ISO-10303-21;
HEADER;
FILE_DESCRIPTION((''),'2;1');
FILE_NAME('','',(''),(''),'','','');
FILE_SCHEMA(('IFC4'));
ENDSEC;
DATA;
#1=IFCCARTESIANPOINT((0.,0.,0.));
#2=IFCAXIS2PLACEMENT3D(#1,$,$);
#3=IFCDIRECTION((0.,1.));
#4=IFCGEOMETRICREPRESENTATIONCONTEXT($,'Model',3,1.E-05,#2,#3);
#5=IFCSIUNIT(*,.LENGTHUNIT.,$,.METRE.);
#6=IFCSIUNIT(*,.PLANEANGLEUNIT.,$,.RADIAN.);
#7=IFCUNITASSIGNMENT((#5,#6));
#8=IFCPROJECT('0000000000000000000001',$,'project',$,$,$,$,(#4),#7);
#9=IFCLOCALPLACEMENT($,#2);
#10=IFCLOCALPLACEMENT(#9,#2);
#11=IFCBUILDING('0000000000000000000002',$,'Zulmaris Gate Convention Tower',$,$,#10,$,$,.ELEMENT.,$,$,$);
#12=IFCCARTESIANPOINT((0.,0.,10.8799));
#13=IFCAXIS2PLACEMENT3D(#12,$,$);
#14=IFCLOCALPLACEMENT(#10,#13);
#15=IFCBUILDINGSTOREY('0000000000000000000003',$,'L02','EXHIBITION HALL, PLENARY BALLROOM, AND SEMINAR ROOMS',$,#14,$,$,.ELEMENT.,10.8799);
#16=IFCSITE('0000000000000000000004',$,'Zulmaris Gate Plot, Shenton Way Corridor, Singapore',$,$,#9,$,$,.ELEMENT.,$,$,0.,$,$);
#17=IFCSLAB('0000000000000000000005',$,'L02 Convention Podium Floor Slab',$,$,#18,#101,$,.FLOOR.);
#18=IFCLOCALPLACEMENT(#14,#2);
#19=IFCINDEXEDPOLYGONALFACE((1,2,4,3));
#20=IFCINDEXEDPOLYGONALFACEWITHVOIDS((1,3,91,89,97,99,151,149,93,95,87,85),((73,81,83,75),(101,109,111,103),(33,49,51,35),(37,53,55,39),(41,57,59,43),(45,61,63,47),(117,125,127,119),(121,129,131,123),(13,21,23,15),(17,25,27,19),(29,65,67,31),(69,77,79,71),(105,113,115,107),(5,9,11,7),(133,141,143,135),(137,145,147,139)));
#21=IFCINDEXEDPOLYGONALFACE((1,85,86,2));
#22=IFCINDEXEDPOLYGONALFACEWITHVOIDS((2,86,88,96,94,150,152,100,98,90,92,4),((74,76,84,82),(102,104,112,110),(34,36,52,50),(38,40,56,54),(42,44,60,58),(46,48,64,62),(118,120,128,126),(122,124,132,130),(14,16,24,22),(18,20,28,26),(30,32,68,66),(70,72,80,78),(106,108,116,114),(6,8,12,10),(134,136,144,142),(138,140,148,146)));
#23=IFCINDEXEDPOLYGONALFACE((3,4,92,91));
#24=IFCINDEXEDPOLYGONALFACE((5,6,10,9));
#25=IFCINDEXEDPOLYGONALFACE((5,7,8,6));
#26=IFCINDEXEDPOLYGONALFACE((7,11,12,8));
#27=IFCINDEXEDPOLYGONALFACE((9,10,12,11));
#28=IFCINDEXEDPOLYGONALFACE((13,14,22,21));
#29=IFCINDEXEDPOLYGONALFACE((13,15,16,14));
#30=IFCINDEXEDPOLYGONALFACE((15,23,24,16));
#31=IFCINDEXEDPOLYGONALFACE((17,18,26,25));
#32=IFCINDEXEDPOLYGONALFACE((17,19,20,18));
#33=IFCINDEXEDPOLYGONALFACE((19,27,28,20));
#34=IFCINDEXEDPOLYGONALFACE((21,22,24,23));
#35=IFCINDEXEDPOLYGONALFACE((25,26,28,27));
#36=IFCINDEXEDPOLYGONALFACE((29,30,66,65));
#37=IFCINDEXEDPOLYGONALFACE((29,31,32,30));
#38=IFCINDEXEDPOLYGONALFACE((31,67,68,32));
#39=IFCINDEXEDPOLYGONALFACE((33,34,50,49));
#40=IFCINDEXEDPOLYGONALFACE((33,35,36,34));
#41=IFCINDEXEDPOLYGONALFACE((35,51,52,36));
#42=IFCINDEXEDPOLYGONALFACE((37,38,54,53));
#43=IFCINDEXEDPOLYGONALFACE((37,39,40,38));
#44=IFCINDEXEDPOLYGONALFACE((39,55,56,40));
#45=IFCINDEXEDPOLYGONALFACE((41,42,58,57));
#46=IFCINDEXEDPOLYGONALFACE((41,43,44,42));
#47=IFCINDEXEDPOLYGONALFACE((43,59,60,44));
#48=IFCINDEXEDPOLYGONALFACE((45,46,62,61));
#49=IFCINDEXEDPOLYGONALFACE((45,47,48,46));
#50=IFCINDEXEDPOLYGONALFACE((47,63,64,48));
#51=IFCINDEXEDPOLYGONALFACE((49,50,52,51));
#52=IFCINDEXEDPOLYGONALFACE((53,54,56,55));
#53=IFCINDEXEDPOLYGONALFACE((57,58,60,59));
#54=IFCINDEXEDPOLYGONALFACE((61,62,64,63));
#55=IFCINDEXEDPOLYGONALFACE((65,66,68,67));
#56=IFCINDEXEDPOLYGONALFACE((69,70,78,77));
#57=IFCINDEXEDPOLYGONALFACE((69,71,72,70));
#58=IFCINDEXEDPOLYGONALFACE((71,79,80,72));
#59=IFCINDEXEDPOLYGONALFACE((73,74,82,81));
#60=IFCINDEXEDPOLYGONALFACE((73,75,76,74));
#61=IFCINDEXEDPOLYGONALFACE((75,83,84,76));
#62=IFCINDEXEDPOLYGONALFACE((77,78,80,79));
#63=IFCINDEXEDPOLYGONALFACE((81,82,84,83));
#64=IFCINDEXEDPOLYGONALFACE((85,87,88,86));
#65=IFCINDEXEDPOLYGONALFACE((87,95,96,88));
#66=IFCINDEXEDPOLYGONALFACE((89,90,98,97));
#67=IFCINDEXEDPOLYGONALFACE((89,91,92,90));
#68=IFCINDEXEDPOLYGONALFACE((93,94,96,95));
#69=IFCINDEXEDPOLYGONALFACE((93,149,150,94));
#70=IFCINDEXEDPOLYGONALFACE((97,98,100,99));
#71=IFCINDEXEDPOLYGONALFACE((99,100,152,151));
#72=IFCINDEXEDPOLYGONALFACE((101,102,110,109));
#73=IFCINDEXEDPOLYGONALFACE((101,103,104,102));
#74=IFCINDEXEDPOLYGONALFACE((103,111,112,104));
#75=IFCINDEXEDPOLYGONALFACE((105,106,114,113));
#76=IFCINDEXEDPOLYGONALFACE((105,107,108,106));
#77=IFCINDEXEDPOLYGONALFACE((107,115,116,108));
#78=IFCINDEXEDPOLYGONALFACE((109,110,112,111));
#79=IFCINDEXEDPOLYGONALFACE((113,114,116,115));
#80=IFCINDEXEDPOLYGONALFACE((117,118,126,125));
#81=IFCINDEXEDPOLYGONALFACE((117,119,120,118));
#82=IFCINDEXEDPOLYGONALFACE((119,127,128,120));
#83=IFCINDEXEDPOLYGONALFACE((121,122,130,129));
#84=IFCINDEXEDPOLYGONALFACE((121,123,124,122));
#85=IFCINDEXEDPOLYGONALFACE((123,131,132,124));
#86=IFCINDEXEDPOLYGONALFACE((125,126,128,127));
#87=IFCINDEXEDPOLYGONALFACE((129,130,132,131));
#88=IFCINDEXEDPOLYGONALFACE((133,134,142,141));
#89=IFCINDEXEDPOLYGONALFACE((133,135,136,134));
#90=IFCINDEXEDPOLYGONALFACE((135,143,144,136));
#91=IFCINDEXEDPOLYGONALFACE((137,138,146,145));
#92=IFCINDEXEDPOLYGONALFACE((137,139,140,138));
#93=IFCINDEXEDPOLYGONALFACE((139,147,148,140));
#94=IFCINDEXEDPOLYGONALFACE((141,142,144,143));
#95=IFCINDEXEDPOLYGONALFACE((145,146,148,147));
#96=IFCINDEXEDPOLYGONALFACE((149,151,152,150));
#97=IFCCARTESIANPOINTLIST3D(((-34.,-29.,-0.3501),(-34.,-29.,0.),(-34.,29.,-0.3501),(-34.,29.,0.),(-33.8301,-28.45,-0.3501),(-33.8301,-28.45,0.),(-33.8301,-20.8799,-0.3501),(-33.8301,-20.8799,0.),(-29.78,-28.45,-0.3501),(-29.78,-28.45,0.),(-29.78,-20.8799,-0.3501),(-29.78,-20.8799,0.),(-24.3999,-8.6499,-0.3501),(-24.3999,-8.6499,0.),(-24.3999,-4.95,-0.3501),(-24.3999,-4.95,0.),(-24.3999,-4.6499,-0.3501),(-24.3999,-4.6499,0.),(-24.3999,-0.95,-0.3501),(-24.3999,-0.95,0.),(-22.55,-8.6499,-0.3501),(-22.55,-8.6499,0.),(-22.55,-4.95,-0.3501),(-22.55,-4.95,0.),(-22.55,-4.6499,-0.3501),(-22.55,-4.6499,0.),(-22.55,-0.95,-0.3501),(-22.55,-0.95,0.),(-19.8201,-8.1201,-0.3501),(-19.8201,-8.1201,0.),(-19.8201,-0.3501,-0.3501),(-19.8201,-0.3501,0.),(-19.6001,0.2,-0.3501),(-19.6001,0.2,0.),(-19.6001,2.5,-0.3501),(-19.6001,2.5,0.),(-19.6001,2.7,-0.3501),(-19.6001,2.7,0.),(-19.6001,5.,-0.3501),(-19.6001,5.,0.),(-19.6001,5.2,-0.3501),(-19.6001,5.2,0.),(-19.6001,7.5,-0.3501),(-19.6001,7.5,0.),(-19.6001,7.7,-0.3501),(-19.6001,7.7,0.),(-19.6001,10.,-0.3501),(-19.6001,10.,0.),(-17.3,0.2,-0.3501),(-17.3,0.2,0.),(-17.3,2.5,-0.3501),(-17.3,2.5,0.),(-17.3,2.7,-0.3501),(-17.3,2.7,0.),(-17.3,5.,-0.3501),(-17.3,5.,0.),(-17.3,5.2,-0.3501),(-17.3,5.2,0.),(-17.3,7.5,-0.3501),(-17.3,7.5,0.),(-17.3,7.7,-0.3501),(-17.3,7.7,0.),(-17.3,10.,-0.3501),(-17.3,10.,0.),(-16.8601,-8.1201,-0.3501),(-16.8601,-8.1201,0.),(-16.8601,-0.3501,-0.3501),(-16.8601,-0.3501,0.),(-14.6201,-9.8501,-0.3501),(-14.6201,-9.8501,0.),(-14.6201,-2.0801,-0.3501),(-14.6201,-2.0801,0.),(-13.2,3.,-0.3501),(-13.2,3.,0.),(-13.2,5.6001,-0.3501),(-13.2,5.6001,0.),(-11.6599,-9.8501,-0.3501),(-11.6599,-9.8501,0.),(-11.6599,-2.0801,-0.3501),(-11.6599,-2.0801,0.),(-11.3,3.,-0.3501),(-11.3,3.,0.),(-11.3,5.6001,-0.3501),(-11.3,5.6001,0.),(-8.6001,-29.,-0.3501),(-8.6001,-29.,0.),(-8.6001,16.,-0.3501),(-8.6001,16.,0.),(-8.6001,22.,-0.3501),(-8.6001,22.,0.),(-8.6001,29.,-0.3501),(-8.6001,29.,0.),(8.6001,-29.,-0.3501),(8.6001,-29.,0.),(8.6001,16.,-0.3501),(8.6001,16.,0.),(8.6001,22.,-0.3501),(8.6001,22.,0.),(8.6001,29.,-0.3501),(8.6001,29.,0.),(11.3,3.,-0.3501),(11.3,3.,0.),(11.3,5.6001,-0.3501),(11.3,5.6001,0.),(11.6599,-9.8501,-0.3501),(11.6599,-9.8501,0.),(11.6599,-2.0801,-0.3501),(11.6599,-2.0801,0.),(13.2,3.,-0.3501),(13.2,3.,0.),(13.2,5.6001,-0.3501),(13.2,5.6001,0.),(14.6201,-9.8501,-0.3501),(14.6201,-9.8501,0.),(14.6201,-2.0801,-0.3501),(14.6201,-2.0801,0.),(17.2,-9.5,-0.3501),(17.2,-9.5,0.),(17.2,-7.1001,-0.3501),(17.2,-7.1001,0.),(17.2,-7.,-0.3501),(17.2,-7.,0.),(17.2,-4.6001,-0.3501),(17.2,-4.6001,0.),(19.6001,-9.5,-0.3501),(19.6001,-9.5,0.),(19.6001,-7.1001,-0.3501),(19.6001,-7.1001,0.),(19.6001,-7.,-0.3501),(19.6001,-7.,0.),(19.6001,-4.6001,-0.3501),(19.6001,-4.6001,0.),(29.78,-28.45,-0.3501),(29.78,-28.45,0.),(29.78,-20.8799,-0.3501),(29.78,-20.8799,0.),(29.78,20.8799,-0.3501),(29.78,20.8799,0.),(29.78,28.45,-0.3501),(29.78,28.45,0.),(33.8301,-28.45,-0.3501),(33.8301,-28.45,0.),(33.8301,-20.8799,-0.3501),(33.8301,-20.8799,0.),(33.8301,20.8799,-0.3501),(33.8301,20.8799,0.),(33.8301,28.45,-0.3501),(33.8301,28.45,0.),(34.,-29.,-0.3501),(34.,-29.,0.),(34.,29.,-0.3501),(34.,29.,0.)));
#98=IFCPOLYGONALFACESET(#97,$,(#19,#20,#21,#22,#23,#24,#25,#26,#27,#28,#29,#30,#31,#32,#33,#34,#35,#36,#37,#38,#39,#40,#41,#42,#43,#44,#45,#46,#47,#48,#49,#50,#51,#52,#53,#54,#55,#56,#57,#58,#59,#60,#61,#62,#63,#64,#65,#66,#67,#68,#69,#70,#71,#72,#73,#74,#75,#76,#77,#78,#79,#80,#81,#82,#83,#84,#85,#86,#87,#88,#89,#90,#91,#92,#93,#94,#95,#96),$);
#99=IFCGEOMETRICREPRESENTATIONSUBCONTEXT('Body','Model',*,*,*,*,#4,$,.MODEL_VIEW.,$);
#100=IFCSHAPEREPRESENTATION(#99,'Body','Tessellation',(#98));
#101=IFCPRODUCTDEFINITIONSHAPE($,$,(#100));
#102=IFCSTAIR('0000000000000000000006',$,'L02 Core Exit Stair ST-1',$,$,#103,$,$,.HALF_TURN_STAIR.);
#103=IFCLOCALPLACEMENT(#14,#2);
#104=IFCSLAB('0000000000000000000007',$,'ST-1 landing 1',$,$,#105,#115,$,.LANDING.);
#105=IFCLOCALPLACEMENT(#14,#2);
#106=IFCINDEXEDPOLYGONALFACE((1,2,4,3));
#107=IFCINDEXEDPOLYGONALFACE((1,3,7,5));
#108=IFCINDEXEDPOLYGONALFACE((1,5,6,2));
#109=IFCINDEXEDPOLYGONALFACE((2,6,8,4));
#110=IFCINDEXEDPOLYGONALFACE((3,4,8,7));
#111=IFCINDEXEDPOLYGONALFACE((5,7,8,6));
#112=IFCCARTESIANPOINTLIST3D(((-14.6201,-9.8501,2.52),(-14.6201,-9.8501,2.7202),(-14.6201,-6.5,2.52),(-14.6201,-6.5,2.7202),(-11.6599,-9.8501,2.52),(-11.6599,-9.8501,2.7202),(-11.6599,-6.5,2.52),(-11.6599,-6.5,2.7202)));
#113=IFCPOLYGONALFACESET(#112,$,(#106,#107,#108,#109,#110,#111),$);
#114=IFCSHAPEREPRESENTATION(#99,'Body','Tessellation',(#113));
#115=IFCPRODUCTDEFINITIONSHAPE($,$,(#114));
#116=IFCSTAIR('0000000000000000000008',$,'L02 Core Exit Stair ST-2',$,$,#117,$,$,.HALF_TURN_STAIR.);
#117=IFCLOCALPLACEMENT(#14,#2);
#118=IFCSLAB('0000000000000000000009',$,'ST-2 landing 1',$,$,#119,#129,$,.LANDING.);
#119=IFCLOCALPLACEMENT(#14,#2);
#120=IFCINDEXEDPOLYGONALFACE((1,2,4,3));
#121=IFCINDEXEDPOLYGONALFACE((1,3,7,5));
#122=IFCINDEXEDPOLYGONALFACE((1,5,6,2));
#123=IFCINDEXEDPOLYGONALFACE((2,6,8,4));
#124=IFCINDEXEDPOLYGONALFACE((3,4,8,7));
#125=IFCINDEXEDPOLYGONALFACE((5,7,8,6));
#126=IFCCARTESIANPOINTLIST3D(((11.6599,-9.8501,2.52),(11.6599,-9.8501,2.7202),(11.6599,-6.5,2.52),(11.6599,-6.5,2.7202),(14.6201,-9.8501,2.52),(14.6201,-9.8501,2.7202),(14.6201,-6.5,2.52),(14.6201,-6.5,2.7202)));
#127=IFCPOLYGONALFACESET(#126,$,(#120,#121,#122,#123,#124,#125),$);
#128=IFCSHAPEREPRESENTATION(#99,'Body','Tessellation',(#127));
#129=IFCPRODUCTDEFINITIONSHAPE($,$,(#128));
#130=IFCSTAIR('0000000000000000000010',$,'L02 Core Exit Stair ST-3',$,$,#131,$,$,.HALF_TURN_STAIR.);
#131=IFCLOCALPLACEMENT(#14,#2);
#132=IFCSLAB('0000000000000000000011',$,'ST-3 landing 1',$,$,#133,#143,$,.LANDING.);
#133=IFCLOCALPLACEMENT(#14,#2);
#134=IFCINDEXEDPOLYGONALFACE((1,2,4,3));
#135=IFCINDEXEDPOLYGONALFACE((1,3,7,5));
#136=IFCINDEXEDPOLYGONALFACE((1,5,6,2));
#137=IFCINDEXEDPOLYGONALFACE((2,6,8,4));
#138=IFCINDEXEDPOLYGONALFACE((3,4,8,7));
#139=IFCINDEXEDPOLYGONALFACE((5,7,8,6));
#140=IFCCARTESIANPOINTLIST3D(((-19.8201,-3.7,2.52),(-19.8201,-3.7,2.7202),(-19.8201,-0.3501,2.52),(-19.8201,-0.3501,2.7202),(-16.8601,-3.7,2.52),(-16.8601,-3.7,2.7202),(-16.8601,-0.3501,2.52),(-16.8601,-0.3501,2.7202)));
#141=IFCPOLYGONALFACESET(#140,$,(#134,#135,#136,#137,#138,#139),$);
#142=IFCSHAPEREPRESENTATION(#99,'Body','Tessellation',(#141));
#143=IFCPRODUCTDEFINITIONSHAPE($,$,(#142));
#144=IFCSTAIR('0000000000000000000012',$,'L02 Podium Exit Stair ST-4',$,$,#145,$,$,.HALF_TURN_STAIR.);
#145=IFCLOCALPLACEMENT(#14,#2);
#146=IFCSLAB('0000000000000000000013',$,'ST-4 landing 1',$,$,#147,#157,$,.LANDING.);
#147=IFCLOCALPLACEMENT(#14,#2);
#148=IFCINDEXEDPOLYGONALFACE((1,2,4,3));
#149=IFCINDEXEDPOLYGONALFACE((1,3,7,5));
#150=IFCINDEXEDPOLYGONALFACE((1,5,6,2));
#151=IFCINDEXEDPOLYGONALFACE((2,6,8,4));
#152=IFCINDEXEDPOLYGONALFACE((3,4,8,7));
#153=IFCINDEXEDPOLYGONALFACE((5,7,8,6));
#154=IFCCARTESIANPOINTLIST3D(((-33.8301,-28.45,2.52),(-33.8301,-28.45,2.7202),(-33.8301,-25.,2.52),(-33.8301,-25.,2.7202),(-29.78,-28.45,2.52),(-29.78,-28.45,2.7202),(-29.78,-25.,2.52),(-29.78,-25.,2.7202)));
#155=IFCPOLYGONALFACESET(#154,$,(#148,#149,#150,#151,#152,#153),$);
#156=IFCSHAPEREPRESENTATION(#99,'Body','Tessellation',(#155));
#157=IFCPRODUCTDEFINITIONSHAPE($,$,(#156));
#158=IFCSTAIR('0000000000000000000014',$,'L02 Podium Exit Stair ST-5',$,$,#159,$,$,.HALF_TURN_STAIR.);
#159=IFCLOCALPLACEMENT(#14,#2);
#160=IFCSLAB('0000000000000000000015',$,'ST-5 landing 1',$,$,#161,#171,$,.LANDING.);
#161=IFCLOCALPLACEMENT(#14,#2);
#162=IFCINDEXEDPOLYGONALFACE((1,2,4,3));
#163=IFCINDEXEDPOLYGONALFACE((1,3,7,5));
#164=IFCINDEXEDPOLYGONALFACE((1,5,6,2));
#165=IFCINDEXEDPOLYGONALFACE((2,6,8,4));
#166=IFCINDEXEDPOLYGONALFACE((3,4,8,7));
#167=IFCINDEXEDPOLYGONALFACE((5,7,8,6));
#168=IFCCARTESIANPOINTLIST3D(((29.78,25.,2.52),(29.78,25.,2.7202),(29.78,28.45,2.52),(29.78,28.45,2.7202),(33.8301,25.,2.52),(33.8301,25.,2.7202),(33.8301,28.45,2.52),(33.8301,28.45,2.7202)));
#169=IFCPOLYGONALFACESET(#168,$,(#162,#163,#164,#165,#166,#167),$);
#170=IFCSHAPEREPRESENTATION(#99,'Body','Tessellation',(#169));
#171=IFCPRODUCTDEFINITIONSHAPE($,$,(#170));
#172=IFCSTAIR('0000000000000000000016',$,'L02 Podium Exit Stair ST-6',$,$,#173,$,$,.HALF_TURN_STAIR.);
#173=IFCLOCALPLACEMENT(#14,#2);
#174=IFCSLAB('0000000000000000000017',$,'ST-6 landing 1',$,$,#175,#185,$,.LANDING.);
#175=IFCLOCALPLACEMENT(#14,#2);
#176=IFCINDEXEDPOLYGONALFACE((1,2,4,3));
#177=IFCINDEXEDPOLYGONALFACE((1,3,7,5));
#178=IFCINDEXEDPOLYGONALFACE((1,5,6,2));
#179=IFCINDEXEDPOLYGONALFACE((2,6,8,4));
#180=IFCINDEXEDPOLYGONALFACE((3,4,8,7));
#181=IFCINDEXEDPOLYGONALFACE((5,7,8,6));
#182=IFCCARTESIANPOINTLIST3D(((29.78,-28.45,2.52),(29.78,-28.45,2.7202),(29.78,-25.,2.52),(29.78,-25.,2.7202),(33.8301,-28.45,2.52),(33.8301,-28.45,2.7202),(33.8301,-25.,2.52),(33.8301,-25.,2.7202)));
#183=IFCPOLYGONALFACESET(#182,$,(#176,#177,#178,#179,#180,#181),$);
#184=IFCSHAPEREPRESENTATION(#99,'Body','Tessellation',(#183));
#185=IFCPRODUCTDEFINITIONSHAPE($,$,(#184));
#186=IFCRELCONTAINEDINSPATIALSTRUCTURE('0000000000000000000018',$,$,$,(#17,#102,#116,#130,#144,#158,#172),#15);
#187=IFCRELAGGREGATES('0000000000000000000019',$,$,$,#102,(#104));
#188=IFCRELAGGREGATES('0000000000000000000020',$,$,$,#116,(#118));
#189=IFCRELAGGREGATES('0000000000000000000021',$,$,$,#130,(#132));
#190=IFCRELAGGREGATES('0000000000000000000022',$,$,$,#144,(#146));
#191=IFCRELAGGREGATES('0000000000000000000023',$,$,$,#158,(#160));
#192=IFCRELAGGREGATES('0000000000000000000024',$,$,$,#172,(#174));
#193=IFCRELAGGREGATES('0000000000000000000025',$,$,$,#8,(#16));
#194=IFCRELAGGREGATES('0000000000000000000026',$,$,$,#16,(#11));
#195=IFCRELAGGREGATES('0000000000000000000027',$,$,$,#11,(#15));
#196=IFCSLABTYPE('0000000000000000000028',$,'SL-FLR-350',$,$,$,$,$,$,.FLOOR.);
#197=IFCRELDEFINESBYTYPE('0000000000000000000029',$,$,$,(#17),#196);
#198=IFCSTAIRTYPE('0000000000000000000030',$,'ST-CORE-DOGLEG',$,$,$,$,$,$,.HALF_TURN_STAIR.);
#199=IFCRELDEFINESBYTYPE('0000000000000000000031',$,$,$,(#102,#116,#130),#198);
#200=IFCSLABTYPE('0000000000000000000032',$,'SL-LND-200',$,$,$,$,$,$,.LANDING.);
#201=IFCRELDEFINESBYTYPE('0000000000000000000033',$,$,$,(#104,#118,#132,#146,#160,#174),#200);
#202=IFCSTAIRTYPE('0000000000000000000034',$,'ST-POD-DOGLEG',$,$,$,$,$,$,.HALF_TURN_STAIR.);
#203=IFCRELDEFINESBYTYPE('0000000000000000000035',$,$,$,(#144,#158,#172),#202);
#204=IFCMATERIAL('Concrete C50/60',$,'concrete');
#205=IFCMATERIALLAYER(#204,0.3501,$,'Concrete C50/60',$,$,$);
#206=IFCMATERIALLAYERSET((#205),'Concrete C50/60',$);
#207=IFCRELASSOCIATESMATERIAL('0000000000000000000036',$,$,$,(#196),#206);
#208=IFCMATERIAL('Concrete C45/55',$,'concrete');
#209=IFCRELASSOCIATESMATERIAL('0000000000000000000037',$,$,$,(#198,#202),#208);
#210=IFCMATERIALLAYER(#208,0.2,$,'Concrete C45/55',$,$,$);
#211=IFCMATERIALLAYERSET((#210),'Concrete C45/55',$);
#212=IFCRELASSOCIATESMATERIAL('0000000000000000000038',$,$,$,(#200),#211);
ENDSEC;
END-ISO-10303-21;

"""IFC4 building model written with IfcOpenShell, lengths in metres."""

from ifc_helpers import new_model, si_unit, direction, frame, origin, place, context, subcontext, project, spatial, polyline, outline, extrude, material, layer, layer_set, type_object, element, aggregate, save


model = new_model("IFC4")

# Units and contexts
model_context = context("Model", 3, precision=1e-05, world=origin(), true_north=direction((0.0, 1.0)))
body_context = subcontext(model_context, "Body", "Model", "MODEL_VIEW")
ifc_project = project(units=[si_unit("LENGTHUNIT", "METRE"), si_unit("PLANEANGLEUNIT", "RADIAN")], contexts=[model_context])

# Site, building, storey
site_placement = place(None, origin())
site = spatial("IfcSite", under=ifc_project, at=site_placement, Name="Zulmaris Gate Plot, Shenton Way Corridor, Singapore", CompositionType="ELEMENT", RefElevation=0.0)
building_placement = place(site_placement, origin())
building = spatial("IfcBuilding", under=site, at=building_placement, Name="Zulmaris Gate Convention Tower", CompositionType="ELEMENT")
storey_placement = place(building_placement, frame((0.0, 0.0, 10.8799)))
storey = spatial("IfcBuildingStorey", under=building, at=storey_placement, Name="L02", Description="EXHIBITION HALL, PLENARY BALLROOM, AND SEMINAR ROOMS", CompositionType="ELEMENT", Elevation=10.8799)

# Slab
ifc_material_1 = material(Name="Concrete C50/60", Category="concrete")
ifc_layer_1 = layer(ifc_material_1, 0.3501, Name="Concrete C50/60")
ifc_layer_set_1 = layer_set([ifc_layer_1], Name="Concrete C50/60")
slab_type_1 = type_object("IfcSlabType", Name="SL-FLR-350", PredefinedType="FLOOR", material=ifc_layer_set_1)
slab_1_placement = place(storey_placement, frame((0.0, 0.0, -0.3501)))
element("IfcSlab", 1, at=slab_1_placement, inside=storey, type_object=slab_type_1, Name="L02 Convention Podium Floor Slab", PredefinedType="FLOOR", context=body_context, shape_type="SweptSolid", body=[
    extrude(outline(polyline([(-34.0, -29.0), (-8.6001, -29.0), (-8.6001, 16.0), (8.6001, 16.0), (8.6001, -29.0), (34.0, -29.0), (34.0, 29.0), (8.6001, 29.0), (8.6001, 22.0), (-8.6001, 22.0), (-8.6001, 29.0), (-34.0, 29.0), (-34.0, -29.0)]), holes=[polyline([(-14.6201, -2.0801), (-14.6201, -9.8501), (-11.6599, -9.8501), (-11.6599, -2.0801), (-14.6201, -2.0801)]), polyline([(11.6599, -2.0801), (11.6599, -9.8501), (14.6201, -9.8501), (14.6201, -2.0801), (11.6599, -2.0801)]), polyline([(-16.8601, -8.1201), (-16.8601, -0.3501), (-19.8201, -0.3501), (-19.8201, -8.1201), (-16.8601, -8.1201)]), polyline([(-33.8301, -20.8799), (-33.8301, -28.45), (-29.78, -28.45), (-29.78, -20.8799), (-33.8301, -20.8799)]), polyline([(33.8301, 20.8799), (33.8301, 28.45), (29.78, 28.45), (29.78, 20.8799), (33.8301, 20.8799)]), polyline([(29.78, -20.8799), (29.78, -28.45), (33.8301, -28.45), (33.8301, -20.8799), (29.78, -20.8799)]), polyline([(-13.2, 3.0), (-11.3, 3.0), (-11.3, 5.6001), (-13.2, 5.6001), (-13.2, 3.0)]), polyline([(11.3, 3.0), (13.2, 3.0), (13.2, 5.6001), (11.3, 5.6001), (11.3, 3.0)]), polyline([(-19.6001, 0.2), (-17.3, 0.2), (-17.3, 2.5), (-19.6001, 2.5), (-19.6001, 0.2)]), polyline([(-19.6001, 2.7), (-17.3, 2.7), (-17.3, 5.0), (-19.6001, 5.0), (-19.6001, 2.7)]), polyline([(-19.6001, 5.2), (-17.3, 5.2), (-17.3, 7.5), (-19.6001, 7.5), (-19.6001, 5.2)]), polyline([(-19.6001, 7.7), (-17.3, 7.7), (-17.3, 10.0), (-19.6001, 10.0), (-19.6001, 7.7)]), polyline([(17.2, -9.5), (19.6001, -9.5), (19.6001, -7.1001), (17.2, -7.1001), (17.2, -9.5)]), polyline([(17.2, -7.0), (19.6001, -7.0), (19.6001, -4.6001), (17.2, -4.6001), (17.2, -7.0)]), polyline([(-24.3999, -8.6499), (-22.55, -8.6499), (-22.55, -4.95), (-24.3999, -4.95), (-24.3999, -8.6499)]), polyline([(-24.3999, -4.6499), (-22.55, -4.6499), (-22.55, -0.95), (-24.3999, -0.95), (-24.3999, -4.6499)])]), origin(), (0.0, 0.0, 1.0), 0.3501),
])

# Stairs, slabs
ifc_material_2 = material(Name="Concrete C45/55", Category="concrete")
stair_type_1 = type_object("IfcStairType", Name="ST-CORE-DOGLEG", PredefinedType="HALF_TURN_STAIR", material=ifc_material_2)
stair_1_placement = place(storey_placement, origin())
stair_1 = element("IfcStair", 2, at=stair_1_placement, inside=storey, type_object=stair_type_1, Name="L02 Core Exit Stair ST-1", PredefinedType="HALF_TURN_STAIR")
ifc_layer_2 = layer(ifc_material_2, 0.2, Name="Concrete C45/55")
ifc_layer_set_2 = layer_set([ifc_layer_2], Name="Concrete C45/55")
slab_type_2 = type_object("IfcSlabType", Name="SL-LND-200", PredefinedType="LANDING", material=ifc_layer_set_2)
slab_2_placement = place(storey_placement, frame((0.0, 0.0, 2.52)))
slab_2 = element("IfcSlab", 3, at=slab_2_placement, type_object=slab_type_2, Name="ST-1 landing 1", PredefinedType="LANDING", context=body_context, shape_type="SweptSolid", body=[
    extrude(outline(polyline([(-14.6201, -6.5), (-14.6201, -9.8501), (-11.6599, -9.8501), (-11.6599, -6.5), (-14.6201, -6.5)])), origin(), (0.0, 0.0, 1.0), 0.2002),
])
aggregate(stair_1, [slab_2])
stair_2_placement = place(storey_placement, origin())
stair_2 = element("IfcStair", 4, at=stair_2_placement, inside=storey, type_object=stair_type_1, Name="L02 Core Exit Stair ST-2", PredefinedType="HALF_TURN_STAIR")
slab_3_placement = place(storey_placement, frame((0.0, 0.0, 2.52)))
slab_3 = element("IfcSlab", 5, at=slab_3_placement, type_object=slab_type_2, Name="ST-2 landing 1", PredefinedType="LANDING", context=body_context, shape_type="SweptSolid", body=[
    extrude(outline(polyline([(11.6599, -6.5), (11.6599, -9.8501), (14.6201, -9.8501), (14.6201, -6.5), (11.6599, -6.5)])), origin(), (0.0, 0.0, 1.0), 0.2002),
])
aggregate(stair_2, [slab_3])
stair_3_placement = place(storey_placement, origin())
stair_3 = element("IfcStair", 6, at=stair_3_placement, inside=storey, type_object=stair_type_1, Name="L02 Core Exit Stair ST-3", PredefinedType="HALF_TURN_STAIR")
slab_4_placement = place(storey_placement, frame((0.0, 0.0, 2.52)))
slab_4 = element("IfcSlab", 7, at=slab_4_placement, type_object=slab_type_2, Name="ST-3 landing 1", PredefinedType="LANDING", context=body_context, shape_type="SweptSolid", body=[
    extrude(outline(polyline([(-16.8601, -3.7), (-16.8601, -0.3501), (-19.8201, -0.3501), (-19.8201, -3.7), (-16.8601, -3.7)])), origin(), (0.0, 0.0, 1.0), 0.2002),
])
aggregate(stair_3, [slab_4])
stair_type_2 = type_object("IfcStairType", Name="ST-POD-DOGLEG", PredefinedType="HALF_TURN_STAIR", material=ifc_material_2)
stair_4_placement = place(storey_placement, origin())
stair_4 = element("IfcStair", 8, at=stair_4_placement, inside=storey, type_object=stair_type_2, Name="L02 Podium Exit Stair ST-4", PredefinedType="HALF_TURN_STAIR")
slab_5_placement = place(storey_placement, frame((0.0, 0.0, 2.52)))
slab_5 = element("IfcSlab", 9, at=slab_5_placement, type_object=slab_type_2, Name="ST-4 landing 1", PredefinedType="LANDING", context=body_context, shape_type="SweptSolid", body=[
    extrude(outline(polyline([(-33.8301, -25.0), (-33.8301, -28.45), (-29.78, -28.45), (-29.78, -25.0), (-33.8301, -25.0)])), origin(), (0.0, 0.0, 1.0), 0.2002),
])
aggregate(stair_4, [slab_5])
stair_5_placement = place(storey_placement, origin())
stair_5 = element("IfcStair", 10, at=stair_5_placement, inside=storey, type_object=stair_type_2, Name="L02 Podium Exit Stair ST-5", PredefinedType="HALF_TURN_STAIR")
slab_6_placement = place(storey_placement, frame((0.0, 0.0, 2.52)))
slab_6 = element("IfcSlab", 11, at=slab_6_placement, type_object=slab_type_2, Name="ST-5 landing 1", PredefinedType="LANDING", context=body_context, shape_type="SweptSolid", body=[
    extrude(outline(polyline([(33.8301, 25.0), (33.8301, 28.45), (29.78, 28.45), (29.78, 25.0), (33.8301, 25.0)])), origin(), (0.0, 0.0, 1.0), 0.2002),
])
aggregate(stair_5, [slab_6])
stair_6_placement = place(storey_placement, origin())
stair_6 = element("IfcStair", 12, at=stair_6_placement, inside=storey, type_object=stair_type_2, Name="L02 Podium Exit Stair ST-6", PredefinedType="HALF_TURN_STAIR")
slab_7_placement = place(storey_placement, frame((0.0, 0.0, 2.52)))
slab_7 = element("IfcSlab", 13, at=slab_7_placement, type_object=slab_type_2, Name="ST-6 landing 1", PredefinedType="LANDING", context=body_context, shape_type="SweptSolid", body=[
    extrude(outline(polyline([(29.78, -25.0), (29.78, -28.45), (33.8301, -28.45), (33.8301, -25.0), (29.78, -25.0)])), origin(), (0.0, 0.0, 1.0), 0.2002),
])
aggregate(stair_6, [slab_7])

save(model, "model.ifc")
